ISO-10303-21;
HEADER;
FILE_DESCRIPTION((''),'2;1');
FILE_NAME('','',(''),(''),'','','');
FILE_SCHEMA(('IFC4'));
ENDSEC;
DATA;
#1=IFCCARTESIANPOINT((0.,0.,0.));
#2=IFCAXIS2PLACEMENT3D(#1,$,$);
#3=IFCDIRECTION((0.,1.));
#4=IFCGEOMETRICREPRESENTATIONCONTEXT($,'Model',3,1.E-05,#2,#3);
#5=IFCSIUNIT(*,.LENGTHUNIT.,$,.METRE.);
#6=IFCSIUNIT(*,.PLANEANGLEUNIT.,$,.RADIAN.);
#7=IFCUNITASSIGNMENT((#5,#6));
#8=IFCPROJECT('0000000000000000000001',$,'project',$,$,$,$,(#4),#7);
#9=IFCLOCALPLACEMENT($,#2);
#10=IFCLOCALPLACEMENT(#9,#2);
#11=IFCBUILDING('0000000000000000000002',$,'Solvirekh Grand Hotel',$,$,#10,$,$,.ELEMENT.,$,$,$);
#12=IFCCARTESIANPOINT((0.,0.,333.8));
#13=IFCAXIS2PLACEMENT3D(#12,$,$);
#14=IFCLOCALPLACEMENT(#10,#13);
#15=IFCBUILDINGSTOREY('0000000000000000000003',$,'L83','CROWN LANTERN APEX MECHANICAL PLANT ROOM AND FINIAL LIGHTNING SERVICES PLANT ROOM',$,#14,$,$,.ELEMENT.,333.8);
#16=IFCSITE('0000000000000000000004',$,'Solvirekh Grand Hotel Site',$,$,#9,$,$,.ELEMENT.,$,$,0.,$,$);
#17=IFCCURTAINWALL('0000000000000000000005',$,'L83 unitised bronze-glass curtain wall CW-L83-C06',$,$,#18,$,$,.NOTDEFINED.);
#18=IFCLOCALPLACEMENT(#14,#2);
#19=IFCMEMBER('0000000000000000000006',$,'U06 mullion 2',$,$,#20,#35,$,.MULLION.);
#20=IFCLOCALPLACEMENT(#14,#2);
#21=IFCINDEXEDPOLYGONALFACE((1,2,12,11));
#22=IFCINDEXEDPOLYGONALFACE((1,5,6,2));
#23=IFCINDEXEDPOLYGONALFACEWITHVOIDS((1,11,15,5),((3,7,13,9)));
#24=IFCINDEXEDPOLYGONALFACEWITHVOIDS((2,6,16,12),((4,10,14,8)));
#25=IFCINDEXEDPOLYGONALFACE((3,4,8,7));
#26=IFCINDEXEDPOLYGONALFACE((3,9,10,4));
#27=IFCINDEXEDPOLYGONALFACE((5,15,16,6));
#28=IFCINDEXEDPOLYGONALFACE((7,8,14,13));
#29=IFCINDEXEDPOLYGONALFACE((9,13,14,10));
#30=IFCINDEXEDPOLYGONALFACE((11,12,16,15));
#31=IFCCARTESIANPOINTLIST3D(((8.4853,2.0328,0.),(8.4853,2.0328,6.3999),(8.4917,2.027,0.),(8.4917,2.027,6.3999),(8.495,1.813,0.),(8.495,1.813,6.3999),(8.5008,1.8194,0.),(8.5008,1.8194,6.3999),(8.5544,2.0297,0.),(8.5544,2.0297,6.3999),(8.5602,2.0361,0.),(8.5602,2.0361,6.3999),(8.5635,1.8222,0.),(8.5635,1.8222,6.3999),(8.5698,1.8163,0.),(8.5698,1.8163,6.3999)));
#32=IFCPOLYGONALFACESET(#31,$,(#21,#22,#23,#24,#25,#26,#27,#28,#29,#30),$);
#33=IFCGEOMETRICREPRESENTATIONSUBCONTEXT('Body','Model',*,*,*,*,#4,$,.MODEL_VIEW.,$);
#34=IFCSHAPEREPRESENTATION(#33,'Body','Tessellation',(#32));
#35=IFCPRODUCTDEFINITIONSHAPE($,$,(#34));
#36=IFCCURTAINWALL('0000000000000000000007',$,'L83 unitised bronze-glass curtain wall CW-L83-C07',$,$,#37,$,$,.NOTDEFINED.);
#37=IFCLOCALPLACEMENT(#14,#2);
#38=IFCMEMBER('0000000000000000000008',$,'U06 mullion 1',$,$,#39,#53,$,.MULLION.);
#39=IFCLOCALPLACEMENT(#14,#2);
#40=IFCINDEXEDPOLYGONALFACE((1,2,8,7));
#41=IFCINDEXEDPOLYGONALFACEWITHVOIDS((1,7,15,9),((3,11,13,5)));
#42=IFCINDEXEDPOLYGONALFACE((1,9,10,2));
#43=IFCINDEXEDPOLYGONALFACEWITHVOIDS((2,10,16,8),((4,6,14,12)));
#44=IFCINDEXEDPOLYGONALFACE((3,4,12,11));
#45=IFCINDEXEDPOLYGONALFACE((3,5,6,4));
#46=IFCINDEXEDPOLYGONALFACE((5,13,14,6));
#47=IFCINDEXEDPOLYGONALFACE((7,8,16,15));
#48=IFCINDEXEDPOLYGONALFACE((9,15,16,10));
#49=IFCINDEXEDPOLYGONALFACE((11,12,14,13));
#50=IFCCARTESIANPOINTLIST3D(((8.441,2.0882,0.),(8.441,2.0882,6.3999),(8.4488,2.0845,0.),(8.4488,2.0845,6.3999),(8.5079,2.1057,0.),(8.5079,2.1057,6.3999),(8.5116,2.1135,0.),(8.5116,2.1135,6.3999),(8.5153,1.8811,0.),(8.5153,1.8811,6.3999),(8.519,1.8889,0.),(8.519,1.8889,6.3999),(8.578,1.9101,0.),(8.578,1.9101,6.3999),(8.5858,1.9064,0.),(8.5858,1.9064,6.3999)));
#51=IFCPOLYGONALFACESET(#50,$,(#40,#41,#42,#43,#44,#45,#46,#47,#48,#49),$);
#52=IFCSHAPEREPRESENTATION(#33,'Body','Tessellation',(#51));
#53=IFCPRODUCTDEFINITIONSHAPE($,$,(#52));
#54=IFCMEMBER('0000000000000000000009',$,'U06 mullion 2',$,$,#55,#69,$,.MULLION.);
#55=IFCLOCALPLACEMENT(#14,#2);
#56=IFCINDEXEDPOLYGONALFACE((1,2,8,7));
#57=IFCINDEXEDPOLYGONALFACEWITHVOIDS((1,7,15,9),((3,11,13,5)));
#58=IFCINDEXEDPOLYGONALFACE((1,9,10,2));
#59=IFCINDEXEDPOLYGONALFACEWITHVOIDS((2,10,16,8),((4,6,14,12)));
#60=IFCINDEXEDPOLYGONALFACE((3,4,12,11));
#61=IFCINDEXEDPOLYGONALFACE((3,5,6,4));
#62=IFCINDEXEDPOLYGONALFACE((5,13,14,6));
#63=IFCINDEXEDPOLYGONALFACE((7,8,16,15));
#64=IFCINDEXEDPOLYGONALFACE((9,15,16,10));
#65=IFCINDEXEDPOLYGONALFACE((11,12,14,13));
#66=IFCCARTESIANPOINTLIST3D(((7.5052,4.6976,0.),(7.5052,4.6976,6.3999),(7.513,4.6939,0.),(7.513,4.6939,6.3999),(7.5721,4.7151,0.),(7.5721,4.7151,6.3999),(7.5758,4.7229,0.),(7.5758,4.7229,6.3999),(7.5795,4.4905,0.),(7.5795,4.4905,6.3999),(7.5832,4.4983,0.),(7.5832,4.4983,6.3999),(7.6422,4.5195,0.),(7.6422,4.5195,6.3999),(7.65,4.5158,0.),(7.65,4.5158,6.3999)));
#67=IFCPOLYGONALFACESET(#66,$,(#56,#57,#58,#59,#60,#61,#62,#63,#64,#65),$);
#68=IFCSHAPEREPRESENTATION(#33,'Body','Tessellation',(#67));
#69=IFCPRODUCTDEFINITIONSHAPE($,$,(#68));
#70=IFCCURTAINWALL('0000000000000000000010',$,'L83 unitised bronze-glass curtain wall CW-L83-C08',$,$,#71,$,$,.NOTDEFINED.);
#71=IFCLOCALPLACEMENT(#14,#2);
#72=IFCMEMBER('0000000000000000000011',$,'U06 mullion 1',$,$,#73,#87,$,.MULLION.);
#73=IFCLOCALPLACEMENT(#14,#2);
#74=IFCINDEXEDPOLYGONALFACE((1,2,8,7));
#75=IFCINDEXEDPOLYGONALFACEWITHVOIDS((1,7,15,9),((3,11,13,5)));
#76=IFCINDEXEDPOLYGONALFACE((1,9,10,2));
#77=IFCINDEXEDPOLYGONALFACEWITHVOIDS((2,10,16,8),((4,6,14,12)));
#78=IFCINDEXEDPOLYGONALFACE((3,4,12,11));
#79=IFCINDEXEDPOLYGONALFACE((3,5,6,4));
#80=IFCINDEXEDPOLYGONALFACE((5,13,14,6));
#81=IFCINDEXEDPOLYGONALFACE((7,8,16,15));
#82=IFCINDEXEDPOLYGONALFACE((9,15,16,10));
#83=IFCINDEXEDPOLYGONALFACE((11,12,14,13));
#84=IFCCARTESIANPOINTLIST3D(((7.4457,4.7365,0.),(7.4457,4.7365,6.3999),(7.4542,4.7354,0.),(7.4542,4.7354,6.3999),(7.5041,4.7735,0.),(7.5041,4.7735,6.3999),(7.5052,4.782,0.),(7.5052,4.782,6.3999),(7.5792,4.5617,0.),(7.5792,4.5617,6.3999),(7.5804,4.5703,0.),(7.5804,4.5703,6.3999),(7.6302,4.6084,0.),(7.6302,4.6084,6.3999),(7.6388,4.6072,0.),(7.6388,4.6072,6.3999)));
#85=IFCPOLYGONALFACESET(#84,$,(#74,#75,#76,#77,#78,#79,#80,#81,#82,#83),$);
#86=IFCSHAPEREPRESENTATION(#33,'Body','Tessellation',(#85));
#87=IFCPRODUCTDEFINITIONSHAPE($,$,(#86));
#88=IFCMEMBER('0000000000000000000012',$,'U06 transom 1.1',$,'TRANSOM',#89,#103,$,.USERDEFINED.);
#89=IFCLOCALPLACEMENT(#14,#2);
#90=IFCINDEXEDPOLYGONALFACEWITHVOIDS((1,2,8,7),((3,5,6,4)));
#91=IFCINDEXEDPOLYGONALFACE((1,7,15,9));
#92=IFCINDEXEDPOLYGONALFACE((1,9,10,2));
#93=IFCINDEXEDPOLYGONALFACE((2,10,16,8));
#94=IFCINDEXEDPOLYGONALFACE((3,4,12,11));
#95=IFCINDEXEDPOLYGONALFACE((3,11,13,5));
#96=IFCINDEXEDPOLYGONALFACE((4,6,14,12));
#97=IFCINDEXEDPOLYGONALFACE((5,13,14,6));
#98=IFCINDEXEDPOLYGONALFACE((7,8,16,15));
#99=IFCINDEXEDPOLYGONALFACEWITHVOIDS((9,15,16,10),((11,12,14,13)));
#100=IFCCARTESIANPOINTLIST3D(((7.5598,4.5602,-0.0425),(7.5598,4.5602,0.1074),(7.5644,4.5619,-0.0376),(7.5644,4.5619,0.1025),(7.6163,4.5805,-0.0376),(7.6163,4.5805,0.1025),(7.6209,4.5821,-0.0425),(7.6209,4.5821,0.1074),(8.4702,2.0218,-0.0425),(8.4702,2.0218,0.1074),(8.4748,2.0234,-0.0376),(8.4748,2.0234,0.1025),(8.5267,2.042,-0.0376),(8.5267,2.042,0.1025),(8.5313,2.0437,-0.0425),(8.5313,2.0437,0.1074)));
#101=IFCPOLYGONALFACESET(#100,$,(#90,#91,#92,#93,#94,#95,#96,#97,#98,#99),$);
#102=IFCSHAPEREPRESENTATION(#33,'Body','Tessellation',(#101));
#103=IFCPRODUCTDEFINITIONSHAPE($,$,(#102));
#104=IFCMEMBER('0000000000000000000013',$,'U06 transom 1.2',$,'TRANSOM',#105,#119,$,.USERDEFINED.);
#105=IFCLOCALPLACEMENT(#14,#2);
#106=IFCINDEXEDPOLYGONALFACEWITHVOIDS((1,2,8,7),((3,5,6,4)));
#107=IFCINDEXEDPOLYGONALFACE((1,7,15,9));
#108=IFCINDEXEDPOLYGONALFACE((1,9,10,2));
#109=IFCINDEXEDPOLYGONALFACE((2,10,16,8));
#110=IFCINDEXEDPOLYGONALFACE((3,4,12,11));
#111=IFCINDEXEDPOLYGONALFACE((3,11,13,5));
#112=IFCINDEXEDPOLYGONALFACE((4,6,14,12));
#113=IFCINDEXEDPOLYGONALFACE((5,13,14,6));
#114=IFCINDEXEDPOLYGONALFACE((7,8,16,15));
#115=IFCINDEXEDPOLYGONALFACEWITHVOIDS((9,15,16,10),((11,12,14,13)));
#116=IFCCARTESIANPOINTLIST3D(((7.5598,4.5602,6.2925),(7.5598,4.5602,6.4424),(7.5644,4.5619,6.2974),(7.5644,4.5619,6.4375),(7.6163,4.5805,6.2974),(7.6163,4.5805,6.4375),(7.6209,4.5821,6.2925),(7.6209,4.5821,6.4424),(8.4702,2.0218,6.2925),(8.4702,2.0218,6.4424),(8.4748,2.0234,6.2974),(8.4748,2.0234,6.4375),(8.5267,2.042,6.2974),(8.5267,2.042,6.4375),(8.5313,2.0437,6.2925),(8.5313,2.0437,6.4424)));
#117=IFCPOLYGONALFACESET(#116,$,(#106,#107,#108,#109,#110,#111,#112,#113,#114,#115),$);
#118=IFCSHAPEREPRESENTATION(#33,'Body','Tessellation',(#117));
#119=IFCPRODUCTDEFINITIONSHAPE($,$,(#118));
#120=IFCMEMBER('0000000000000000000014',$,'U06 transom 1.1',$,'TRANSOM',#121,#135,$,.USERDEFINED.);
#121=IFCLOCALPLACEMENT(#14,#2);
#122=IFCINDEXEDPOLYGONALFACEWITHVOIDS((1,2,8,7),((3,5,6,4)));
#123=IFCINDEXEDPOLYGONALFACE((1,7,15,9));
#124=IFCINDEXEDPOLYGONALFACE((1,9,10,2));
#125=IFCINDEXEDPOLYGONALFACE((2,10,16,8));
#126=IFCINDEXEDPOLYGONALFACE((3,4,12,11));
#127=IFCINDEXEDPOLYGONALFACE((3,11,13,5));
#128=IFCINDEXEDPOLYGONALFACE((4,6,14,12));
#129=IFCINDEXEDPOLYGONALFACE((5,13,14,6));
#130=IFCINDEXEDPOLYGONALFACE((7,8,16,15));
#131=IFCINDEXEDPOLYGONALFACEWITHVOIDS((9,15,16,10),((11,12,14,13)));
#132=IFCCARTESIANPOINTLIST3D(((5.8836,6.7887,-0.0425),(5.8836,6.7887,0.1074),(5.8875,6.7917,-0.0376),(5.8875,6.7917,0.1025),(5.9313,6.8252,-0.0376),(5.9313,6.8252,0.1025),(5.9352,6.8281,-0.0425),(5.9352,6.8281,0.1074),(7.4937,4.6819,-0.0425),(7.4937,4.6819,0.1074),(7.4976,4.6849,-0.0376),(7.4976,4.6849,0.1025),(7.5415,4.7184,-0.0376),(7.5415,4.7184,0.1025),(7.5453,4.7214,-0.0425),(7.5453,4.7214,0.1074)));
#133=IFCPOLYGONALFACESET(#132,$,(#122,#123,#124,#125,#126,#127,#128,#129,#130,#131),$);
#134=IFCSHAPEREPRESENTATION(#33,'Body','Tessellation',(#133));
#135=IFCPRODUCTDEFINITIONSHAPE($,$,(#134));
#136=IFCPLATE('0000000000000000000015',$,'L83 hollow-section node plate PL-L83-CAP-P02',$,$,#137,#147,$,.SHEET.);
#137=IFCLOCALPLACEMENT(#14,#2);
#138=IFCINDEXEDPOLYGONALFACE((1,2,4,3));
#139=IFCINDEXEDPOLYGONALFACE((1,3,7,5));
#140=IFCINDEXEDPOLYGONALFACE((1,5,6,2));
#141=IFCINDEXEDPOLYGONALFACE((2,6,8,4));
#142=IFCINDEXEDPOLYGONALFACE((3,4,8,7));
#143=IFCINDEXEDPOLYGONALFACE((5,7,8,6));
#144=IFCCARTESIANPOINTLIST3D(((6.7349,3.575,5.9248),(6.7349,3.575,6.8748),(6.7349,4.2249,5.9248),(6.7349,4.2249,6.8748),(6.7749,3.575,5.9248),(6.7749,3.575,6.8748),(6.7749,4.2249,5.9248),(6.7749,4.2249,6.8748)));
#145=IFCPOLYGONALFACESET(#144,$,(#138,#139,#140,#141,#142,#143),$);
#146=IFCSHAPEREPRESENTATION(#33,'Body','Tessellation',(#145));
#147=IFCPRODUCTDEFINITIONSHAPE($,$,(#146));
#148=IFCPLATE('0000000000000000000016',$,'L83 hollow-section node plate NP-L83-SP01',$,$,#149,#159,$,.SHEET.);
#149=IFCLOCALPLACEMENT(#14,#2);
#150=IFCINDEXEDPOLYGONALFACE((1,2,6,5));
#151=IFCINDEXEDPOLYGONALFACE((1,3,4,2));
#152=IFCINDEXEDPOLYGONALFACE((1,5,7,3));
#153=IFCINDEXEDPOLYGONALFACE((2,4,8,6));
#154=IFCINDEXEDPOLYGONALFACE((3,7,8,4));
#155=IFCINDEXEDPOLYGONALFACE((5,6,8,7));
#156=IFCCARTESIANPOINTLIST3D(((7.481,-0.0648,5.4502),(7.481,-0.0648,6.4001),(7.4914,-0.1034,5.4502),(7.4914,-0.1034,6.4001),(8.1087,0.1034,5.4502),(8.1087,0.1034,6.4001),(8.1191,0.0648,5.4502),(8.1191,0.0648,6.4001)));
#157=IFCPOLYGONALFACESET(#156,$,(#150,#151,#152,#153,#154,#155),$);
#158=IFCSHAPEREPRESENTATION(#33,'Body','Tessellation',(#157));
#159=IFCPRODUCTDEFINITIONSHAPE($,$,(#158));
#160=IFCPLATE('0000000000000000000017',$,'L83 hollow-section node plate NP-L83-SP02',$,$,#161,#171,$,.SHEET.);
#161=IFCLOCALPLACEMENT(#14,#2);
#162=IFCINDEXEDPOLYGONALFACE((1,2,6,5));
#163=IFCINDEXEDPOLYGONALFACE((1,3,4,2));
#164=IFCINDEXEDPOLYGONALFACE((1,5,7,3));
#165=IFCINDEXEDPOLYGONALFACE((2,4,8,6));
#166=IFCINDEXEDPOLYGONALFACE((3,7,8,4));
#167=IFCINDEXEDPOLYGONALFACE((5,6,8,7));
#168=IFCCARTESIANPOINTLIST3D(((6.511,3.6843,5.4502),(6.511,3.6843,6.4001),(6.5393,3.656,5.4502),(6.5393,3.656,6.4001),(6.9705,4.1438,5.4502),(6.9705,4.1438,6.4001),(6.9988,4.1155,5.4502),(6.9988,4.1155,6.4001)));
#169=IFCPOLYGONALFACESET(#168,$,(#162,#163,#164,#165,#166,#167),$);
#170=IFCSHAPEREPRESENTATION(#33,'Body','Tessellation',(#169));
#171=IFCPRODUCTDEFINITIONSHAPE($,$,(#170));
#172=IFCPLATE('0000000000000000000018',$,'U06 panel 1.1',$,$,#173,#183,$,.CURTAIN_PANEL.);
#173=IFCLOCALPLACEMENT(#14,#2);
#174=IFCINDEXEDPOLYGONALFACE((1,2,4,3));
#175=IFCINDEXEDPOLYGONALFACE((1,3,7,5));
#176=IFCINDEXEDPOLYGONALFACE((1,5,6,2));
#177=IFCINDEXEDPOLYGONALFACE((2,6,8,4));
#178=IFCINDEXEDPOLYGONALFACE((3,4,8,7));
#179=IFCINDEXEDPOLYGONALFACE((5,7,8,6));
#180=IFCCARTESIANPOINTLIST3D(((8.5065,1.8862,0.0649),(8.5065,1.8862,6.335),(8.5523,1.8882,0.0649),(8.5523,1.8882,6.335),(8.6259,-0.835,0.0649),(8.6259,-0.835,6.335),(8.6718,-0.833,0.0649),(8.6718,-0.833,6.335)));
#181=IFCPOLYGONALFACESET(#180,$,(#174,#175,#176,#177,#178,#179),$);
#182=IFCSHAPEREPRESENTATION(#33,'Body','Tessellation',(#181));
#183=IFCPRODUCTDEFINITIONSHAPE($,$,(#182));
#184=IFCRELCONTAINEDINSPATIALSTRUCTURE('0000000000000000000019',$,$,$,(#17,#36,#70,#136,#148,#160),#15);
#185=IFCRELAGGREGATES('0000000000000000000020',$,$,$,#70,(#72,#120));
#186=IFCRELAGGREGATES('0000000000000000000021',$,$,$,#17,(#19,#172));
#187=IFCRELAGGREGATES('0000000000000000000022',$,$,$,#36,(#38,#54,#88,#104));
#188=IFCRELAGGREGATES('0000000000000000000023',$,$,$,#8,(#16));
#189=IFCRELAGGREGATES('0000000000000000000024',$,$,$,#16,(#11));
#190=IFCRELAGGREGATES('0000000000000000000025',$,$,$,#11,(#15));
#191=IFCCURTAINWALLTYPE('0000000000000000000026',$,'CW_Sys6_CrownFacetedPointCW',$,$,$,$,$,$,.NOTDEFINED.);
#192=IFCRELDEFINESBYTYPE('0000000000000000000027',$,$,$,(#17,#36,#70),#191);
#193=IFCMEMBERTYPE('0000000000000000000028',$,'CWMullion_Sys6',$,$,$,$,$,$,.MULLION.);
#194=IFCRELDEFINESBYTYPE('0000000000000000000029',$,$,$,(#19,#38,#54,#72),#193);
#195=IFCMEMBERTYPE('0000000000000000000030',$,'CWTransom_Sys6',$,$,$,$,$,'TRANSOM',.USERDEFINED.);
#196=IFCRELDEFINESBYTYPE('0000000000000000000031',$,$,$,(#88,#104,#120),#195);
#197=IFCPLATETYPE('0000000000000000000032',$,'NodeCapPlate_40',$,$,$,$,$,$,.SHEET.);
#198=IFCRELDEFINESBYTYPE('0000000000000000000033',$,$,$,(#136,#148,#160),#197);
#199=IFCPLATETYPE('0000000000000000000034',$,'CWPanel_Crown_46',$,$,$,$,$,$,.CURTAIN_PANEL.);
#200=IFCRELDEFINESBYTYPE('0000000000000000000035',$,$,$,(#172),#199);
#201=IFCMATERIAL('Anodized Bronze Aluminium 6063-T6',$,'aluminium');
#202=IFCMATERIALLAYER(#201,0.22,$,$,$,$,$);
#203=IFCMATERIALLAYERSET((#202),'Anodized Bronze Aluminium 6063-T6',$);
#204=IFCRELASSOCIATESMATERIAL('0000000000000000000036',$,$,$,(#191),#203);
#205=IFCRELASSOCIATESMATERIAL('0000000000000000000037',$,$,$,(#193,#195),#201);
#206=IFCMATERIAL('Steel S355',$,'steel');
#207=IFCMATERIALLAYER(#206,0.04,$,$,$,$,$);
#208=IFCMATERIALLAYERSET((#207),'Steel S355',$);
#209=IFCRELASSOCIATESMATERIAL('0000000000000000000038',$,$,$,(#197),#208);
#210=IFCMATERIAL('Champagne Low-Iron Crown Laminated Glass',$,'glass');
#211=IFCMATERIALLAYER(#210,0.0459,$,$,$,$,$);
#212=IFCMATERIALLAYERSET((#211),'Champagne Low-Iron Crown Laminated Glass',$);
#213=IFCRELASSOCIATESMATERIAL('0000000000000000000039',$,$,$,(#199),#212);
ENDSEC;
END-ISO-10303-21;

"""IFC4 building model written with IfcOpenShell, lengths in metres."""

from ifc_helpers import new_model, si_unit, direction, frame, origin, origin_2d, place, context, subcontext, project, spatial, rectangle, hollow_rectangle, extrude, source, transform, mapped, material, layer, layer_set, material_profile, profile_set, type_object, element, aggregate, save


model = new_model("IFC4")

# Units and contexts
model_context = context("Model", 3, precision=1e-05, world=origin(), true_north=direction((0.0, 1.0)))
body_context = subcontext(model_context, "Body", "Model", "MODEL_VIEW")
ifc_project = project(units=[si_unit("LENGTHUNIT", "METRE"), si_unit("PLANEANGLEUNIT", "RADIAN")], contexts=[model_context])

# Site, building, storey
site_placement = place(None, origin())
site = spatial("IfcSite", under=ifc_project, at=site_placement, Name="Solvirekh Grand Hotel Site", CompositionType="ELEMENT", RefElevation=0.0)
building_placement = place(site_placement, origin())
building = spatial("IfcBuilding", under=site, at=building_placement, Name="Solvirekh Grand Hotel", CompositionType="ELEMENT")
storey_placement = place(building_placement, frame((0.0, 0.0, 333.8)))
storey = spatial("IfcBuildingStorey", under=building, at=storey_placement, Name="L83", Description="CROWN LANTERN APEX MECHANICAL PLANT ROOM AND FINIAL LIGHTNING SERVICES PLANT ROOM", CompositionType="ELEMENT", Elevation=333.8)

# Shared definitions
ifc_material_1 = material(Name="Steel S355", Category="steel")

# Curtain wall, member
ifc_material_2 = material(Name="Anodized Bronze Aluminium 6063-T6", Category="aluminium")
ifc_layer_1 = layer(ifc_material_2, 0.22)
ifc_layer_set_1 = layer_set([ifc_layer_1], Name="Anodized Bronze Aluminium 6063-T6")
curtain_wall_type = type_object("IfcCurtainWallType", Name="CW_Sys6_CrownFacetedPointCW", PredefinedType="NOTDEFINED", material=ifc_layer_set_1)
curtain_wall_1_placement = place(storey_placement, origin())
curtain_wall_1 = element("IfcCurtainWall", 1, at=curtain_wall_1_placement, inside=storey, type_object=curtain_wall_type, Name="L83 unitised bronze-glass curtain wall CW-L83-C06", PredefinedType="NOTDEFINED")
ifc_material_profile_1 = material_profile(ifc_material_2, hollow_rectangle(XDim=0.075, YDim=0.22, WallThickness=0.0061, at=origin_2d()), Name="ALU RHS 220X75X6")
ifc_profile_set_1 = profile_set([ifc_material_profile_1], Name="Anodized Bronze Aluminium 6063-T6")
member_type_1 = type_object("IfcMemberType", Name="CWMullion_Sys6", PredefinedType="MULLION", material=ifc_profile_set_1)
shared_shape_1 = source(origin(), body_context, "Body", "SweptSolid", [
    extrude(hollow_rectangle(XDim=0.075, YDim=0.22, WallThickness=0.0061, at=origin_2d()), origin(), (0.0, 0.0, 1.0), 6.3999),
])
member_1_placement = place(storey_placement, frame((8.5276, 1.9246, 0.0), z_axis=(0.0, 0.0, 1.0), x_axis=(-0.999038, -0.043845, 0.0)))
member_1 = element("IfcMember", 2, at=member_1_placement, type_object=member_type_1, Name="U06 mullion 2", PredefinedType="MULLION", context=body_context, shape_type="MappedRepresentation", body=[
    mapped(shared_shape_1, transform((0.0, 0.0, 0.0), x_axis=(1.0, 0.0, 0.0), y_axis=(0.0, 1.0, 0.0), z_axis=(0.0, 0.0, 1.0), scale=1.0)),
])

# Curtain wall, members
curtain_wall_2_placement = place(storey_placement, origin())
curtain_wall_2 = element("IfcCurtainWall", 3, at=curtain_wall_2_placement, inside=storey, type_object=curtain_wall_type, Name="L83 unitised bronze-glass curtain wall CW-L83-C07", PredefinedType="NOTDEFINED")
member_2_placement = place(storey_placement, frame((8.5134, 1.9973, 0.0), z_axis=(0.0, 0.0, 1.0), x_axis=(-0.941312, -0.337538, 0.0)))
member_2 = element("IfcMember", 4, at=member_2_placement, type_object=member_type_1, Name="U06 mullion 1", PredefinedType="MULLION", context=body_context, shape_type="MappedRepresentation", body=[
    mapped(shared_shape_1, transform((0.0, 0.0, 0.0), x_axis=(1.0, 0.0, 0.0), y_axis=(0.0, 1.0, 0.0), z_axis=(0.0, 0.0, 1.0), scale=1.0)),
])
member_3_placement = place(storey_placement, frame((7.5776, 4.6067, 0.0), z_axis=(0.0, 0.0, 1.0), x_axis=(-0.941312, -0.337538, 0.0)))
member_3 = element("IfcMember", 5, at=member_3_placement, type_object=member_type_1, Name="U06 mullion 2", PredefinedType="MULLION", context=body_context, shape_type="MappedRepresentation", body=[
    mapped(shared_shape_1, transform((0.0, 0.0, 0.0), x_axis=(1.0, 0.0, 0.0), y_axis=(0.0, 1.0, 0.0), z_axis=(0.0, 0.0, 1.0), scale=1.0)),
])

# Curtain wall, member
curtain_wall_3_placement = place(storey_placement, origin())
curtain_wall_3 = element("IfcCurtainWall", 6, at=curtain_wall_3_placement, inside=storey, type_object=curtain_wall_type, Name="L83 unitised bronze-glass curtain wall CW-L83-C08", PredefinedType="NOTDEFINED")
member_4_placement = place(storey_placement, frame((7.5422, 4.6719, 0.0), z_axis=(0.0, 0.0, 1.0), x_axis=(-0.794571, -0.607172, 0.0)))
member_4 = element("IfcMember", 7, at=member_4_placement, type_object=member_type_1, Name="U06 mullion 1", PredefinedType="MULLION", context=body_context, shape_type="MappedRepresentation", body=[
    mapped(shared_shape_1, transform((0.0, 0.0, 0.0), x_axis=(1.0, 0.0, 0.0), y_axis=(0.0, 1.0, 0.0), z_axis=(0.0, 0.0, 1.0), scale=1.0)),
])

# Members
ifc_material_profile_2 = material_profile(ifc_material_2, hollow_rectangle(XDim=0.0649, YDim=0.1499, WallThickness=0.0049, at=origin_2d()), Name="ALU RHS 150X65X5")
ifc_profile_set_2 = profile_set([ifc_material_profile_2], Name="Anodized Bronze Aluminium 6063-T6")
member_type_2 = type_object("IfcMemberType", Name="CWTransom_Sys6", ElementType="TRANSOM", PredefinedType="USERDEFINED", material=ifc_profile_set_2)
shared_shape_2 = source(origin(), body_context, "Body", "SweptSolid", [
    extrude(hollow_rectangle(XDim=0.0649, YDim=0.1499, WallThickness=0.0049, at=origin_2d()), origin(), (0.0, 0.0, 1.0), 2.6968),
])
member_5_placement = place(storey_placement, frame((8.5007, 2.0327, 0.0325), z_axis=(-0.337575, 0.941299, 0.0), x_axis=(-0.941299, -0.337575, 0.0)))
member_5 = element("IfcMember", 8, at=member_5_placement, type_object=member_type_2, Name="U06 transom 1.1", ObjectType="TRANSOM", PredefinedType="USERDEFINED", context=body_context, shape_type="MappedRepresentation", body=[
    mapped(shared_shape_2, transform((0.0, 0.0, 0.0), x_axis=(1.0, 0.0, 0.0), y_axis=(0.0, 1.0, 0.0), z_axis=(0.0, 0.0, 1.0), scale=1.0)),
])
member_6_placement = place(storey_placement, frame((8.5007, 2.0327, 6.3674), z_axis=(-0.337575, 0.941299, 0.0), x_axis=(-0.941299, -0.337575, 0.0)))
member_6 = element("IfcMember", 9, at=member_6_placement, type_object=member_type_2, Name="U06 transom 1.2", ObjectType="TRANSOM", PredefinedType="USERDEFINED", context=body_context, shape_type="MappedRepresentation", body=[
    mapped(shared_shape_2, transform((0.0, 0.0, 0.0), x_axis=(1.0, 0.0, 0.0), y_axis=(0.0, 1.0, 0.0), z_axis=(0.0, 0.0, 1.0), scale=1.0)),
])
shared_shape_3 = source(origin(), body_context, "Body", "SweptSolid", [
    extrude(hollow_rectangle(XDim=0.0649, YDim=0.1499, WallThickness=0.0049, at=origin_2d()), origin(), (0.0, 0.0, 1.0), 2.6516),
])
member_7_placement = place(storey_placement, frame((7.5195, 4.7017, 0.0325), z_axis=(-0.607238, 0.79452, 0.0), x_axis=(-0.79452, -0.607238, 0.0)))
member_7 = element("IfcMember", 10, at=member_7_placement, type_object=member_type_2, Name="U06 transom 1.1", ObjectType="TRANSOM", PredefinedType="USERDEFINED", context=body_context, shape_type="MappedRepresentation", body=[
    mapped(shared_shape_3, transform((0.0, 0.0, 0.0), x_axis=(1.0, 0.0, 0.0), y_axis=(0.0, 1.0, 0.0), z_axis=(0.0, 0.0, 1.0), scale=1.0)),
])
aggregate(curtain_wall_3, [member_4, member_7])

# Plates
ifc_layer_2 = layer(ifc_material_1, 0.04)
ifc_layer_set_2 = layer_set([ifc_layer_2], Name="Steel S355")
plate_type_1 = type_object("IfcPlateType", Name="NodeCapPlate_40", PredefinedType="SHEET", material=ifc_layer_set_2)
for number, where, z_axis, x_axis, name in (
    (11, (6.7549, 3.8999, 5.9248), (0.0, 0.0, 1.0), (1.0, 0.0, 0.0), "L83 hollow-section node plate PL-L83-CAP-P02"),
    (12, (7.8, 0.0, 5.4502), (0.0, 0.0, 1.0), (-0.258819, 0.965926, 0.0), "L83 hollow-section node plate NP-L83-SP01"),
    (13, (6.7549, 3.8999, 5.4502), (0.0, 0.0, 1.0), (-0.707107, 0.707107, 0.0), "L83 hollow-section node plate NP-L83-SP02"),
):
    element("IfcPlate", number, at=place(storey_placement, frame(where, z_axis=z_axis, x_axis=x_axis)), inside=storey, type_object=plate_type_1, Name=name, PredefinedType="SHEET", context=body_context, shape_type="SweptSolid", body=[
        extrude(rectangle(XDim=0.04, YDim=0.6499, at=origin_2d()), origin(), (0.0, 0.0, 1.0), 0.95),
    ])

# Plate
ifc_material_3 = material(Name="Champagne Low-Iron Crown Laminated Glass", Category="glass")
ifc_layer_3 = layer(ifc_material_3, 0.0459)
ifc_layer_set_3 = layer_set([ifc_layer_3], Name="Champagne Low-Iron Crown Laminated Glass")
plate_type_2 = type_object("IfcPlateType", Name="CWPanel_Crown_46", PredefinedType="CURTAIN_PANEL", material=ifc_layer_set_3)
shared_shape_4 = source(origin(), body_context, "Body", "SweptSolid", [
    extrude(rectangle(XDim=2.7239, YDim=0.0459, at=origin_2d()), origin(), (0.0, 0.0, 1.0), 6.27),
])
plate_1_placement = place(storey_placement, frame((8.5891, 0.5266, 0.0649), z_axis=(0.0, 0.0, 1.0), x_axis=(-0.043845, 0.999038, 0.0)))
plate_1 = element("IfcPlate", 14, at=plate_1_placement, type_object=plate_type_2, Name="U06 panel 1.1", PredefinedType="CURTAIN_PANEL", context=body_context, shape_type="MappedRepresentation", body=[
    mapped(shared_shape_4, transform((0.0, 0.0, 0.0), x_axis=(1.0, 0.0, 0.0), y_axis=(0.0, 1.0, 0.0), z_axis=(0.0, 0.0, 1.0), scale=1.0)),
])
aggregate(curtain_wall_1, [member_1, plate_1])
aggregate(curtain_wall_2, [member_2, member_3, member_5, member_6])

save(model, "model.ifc")
